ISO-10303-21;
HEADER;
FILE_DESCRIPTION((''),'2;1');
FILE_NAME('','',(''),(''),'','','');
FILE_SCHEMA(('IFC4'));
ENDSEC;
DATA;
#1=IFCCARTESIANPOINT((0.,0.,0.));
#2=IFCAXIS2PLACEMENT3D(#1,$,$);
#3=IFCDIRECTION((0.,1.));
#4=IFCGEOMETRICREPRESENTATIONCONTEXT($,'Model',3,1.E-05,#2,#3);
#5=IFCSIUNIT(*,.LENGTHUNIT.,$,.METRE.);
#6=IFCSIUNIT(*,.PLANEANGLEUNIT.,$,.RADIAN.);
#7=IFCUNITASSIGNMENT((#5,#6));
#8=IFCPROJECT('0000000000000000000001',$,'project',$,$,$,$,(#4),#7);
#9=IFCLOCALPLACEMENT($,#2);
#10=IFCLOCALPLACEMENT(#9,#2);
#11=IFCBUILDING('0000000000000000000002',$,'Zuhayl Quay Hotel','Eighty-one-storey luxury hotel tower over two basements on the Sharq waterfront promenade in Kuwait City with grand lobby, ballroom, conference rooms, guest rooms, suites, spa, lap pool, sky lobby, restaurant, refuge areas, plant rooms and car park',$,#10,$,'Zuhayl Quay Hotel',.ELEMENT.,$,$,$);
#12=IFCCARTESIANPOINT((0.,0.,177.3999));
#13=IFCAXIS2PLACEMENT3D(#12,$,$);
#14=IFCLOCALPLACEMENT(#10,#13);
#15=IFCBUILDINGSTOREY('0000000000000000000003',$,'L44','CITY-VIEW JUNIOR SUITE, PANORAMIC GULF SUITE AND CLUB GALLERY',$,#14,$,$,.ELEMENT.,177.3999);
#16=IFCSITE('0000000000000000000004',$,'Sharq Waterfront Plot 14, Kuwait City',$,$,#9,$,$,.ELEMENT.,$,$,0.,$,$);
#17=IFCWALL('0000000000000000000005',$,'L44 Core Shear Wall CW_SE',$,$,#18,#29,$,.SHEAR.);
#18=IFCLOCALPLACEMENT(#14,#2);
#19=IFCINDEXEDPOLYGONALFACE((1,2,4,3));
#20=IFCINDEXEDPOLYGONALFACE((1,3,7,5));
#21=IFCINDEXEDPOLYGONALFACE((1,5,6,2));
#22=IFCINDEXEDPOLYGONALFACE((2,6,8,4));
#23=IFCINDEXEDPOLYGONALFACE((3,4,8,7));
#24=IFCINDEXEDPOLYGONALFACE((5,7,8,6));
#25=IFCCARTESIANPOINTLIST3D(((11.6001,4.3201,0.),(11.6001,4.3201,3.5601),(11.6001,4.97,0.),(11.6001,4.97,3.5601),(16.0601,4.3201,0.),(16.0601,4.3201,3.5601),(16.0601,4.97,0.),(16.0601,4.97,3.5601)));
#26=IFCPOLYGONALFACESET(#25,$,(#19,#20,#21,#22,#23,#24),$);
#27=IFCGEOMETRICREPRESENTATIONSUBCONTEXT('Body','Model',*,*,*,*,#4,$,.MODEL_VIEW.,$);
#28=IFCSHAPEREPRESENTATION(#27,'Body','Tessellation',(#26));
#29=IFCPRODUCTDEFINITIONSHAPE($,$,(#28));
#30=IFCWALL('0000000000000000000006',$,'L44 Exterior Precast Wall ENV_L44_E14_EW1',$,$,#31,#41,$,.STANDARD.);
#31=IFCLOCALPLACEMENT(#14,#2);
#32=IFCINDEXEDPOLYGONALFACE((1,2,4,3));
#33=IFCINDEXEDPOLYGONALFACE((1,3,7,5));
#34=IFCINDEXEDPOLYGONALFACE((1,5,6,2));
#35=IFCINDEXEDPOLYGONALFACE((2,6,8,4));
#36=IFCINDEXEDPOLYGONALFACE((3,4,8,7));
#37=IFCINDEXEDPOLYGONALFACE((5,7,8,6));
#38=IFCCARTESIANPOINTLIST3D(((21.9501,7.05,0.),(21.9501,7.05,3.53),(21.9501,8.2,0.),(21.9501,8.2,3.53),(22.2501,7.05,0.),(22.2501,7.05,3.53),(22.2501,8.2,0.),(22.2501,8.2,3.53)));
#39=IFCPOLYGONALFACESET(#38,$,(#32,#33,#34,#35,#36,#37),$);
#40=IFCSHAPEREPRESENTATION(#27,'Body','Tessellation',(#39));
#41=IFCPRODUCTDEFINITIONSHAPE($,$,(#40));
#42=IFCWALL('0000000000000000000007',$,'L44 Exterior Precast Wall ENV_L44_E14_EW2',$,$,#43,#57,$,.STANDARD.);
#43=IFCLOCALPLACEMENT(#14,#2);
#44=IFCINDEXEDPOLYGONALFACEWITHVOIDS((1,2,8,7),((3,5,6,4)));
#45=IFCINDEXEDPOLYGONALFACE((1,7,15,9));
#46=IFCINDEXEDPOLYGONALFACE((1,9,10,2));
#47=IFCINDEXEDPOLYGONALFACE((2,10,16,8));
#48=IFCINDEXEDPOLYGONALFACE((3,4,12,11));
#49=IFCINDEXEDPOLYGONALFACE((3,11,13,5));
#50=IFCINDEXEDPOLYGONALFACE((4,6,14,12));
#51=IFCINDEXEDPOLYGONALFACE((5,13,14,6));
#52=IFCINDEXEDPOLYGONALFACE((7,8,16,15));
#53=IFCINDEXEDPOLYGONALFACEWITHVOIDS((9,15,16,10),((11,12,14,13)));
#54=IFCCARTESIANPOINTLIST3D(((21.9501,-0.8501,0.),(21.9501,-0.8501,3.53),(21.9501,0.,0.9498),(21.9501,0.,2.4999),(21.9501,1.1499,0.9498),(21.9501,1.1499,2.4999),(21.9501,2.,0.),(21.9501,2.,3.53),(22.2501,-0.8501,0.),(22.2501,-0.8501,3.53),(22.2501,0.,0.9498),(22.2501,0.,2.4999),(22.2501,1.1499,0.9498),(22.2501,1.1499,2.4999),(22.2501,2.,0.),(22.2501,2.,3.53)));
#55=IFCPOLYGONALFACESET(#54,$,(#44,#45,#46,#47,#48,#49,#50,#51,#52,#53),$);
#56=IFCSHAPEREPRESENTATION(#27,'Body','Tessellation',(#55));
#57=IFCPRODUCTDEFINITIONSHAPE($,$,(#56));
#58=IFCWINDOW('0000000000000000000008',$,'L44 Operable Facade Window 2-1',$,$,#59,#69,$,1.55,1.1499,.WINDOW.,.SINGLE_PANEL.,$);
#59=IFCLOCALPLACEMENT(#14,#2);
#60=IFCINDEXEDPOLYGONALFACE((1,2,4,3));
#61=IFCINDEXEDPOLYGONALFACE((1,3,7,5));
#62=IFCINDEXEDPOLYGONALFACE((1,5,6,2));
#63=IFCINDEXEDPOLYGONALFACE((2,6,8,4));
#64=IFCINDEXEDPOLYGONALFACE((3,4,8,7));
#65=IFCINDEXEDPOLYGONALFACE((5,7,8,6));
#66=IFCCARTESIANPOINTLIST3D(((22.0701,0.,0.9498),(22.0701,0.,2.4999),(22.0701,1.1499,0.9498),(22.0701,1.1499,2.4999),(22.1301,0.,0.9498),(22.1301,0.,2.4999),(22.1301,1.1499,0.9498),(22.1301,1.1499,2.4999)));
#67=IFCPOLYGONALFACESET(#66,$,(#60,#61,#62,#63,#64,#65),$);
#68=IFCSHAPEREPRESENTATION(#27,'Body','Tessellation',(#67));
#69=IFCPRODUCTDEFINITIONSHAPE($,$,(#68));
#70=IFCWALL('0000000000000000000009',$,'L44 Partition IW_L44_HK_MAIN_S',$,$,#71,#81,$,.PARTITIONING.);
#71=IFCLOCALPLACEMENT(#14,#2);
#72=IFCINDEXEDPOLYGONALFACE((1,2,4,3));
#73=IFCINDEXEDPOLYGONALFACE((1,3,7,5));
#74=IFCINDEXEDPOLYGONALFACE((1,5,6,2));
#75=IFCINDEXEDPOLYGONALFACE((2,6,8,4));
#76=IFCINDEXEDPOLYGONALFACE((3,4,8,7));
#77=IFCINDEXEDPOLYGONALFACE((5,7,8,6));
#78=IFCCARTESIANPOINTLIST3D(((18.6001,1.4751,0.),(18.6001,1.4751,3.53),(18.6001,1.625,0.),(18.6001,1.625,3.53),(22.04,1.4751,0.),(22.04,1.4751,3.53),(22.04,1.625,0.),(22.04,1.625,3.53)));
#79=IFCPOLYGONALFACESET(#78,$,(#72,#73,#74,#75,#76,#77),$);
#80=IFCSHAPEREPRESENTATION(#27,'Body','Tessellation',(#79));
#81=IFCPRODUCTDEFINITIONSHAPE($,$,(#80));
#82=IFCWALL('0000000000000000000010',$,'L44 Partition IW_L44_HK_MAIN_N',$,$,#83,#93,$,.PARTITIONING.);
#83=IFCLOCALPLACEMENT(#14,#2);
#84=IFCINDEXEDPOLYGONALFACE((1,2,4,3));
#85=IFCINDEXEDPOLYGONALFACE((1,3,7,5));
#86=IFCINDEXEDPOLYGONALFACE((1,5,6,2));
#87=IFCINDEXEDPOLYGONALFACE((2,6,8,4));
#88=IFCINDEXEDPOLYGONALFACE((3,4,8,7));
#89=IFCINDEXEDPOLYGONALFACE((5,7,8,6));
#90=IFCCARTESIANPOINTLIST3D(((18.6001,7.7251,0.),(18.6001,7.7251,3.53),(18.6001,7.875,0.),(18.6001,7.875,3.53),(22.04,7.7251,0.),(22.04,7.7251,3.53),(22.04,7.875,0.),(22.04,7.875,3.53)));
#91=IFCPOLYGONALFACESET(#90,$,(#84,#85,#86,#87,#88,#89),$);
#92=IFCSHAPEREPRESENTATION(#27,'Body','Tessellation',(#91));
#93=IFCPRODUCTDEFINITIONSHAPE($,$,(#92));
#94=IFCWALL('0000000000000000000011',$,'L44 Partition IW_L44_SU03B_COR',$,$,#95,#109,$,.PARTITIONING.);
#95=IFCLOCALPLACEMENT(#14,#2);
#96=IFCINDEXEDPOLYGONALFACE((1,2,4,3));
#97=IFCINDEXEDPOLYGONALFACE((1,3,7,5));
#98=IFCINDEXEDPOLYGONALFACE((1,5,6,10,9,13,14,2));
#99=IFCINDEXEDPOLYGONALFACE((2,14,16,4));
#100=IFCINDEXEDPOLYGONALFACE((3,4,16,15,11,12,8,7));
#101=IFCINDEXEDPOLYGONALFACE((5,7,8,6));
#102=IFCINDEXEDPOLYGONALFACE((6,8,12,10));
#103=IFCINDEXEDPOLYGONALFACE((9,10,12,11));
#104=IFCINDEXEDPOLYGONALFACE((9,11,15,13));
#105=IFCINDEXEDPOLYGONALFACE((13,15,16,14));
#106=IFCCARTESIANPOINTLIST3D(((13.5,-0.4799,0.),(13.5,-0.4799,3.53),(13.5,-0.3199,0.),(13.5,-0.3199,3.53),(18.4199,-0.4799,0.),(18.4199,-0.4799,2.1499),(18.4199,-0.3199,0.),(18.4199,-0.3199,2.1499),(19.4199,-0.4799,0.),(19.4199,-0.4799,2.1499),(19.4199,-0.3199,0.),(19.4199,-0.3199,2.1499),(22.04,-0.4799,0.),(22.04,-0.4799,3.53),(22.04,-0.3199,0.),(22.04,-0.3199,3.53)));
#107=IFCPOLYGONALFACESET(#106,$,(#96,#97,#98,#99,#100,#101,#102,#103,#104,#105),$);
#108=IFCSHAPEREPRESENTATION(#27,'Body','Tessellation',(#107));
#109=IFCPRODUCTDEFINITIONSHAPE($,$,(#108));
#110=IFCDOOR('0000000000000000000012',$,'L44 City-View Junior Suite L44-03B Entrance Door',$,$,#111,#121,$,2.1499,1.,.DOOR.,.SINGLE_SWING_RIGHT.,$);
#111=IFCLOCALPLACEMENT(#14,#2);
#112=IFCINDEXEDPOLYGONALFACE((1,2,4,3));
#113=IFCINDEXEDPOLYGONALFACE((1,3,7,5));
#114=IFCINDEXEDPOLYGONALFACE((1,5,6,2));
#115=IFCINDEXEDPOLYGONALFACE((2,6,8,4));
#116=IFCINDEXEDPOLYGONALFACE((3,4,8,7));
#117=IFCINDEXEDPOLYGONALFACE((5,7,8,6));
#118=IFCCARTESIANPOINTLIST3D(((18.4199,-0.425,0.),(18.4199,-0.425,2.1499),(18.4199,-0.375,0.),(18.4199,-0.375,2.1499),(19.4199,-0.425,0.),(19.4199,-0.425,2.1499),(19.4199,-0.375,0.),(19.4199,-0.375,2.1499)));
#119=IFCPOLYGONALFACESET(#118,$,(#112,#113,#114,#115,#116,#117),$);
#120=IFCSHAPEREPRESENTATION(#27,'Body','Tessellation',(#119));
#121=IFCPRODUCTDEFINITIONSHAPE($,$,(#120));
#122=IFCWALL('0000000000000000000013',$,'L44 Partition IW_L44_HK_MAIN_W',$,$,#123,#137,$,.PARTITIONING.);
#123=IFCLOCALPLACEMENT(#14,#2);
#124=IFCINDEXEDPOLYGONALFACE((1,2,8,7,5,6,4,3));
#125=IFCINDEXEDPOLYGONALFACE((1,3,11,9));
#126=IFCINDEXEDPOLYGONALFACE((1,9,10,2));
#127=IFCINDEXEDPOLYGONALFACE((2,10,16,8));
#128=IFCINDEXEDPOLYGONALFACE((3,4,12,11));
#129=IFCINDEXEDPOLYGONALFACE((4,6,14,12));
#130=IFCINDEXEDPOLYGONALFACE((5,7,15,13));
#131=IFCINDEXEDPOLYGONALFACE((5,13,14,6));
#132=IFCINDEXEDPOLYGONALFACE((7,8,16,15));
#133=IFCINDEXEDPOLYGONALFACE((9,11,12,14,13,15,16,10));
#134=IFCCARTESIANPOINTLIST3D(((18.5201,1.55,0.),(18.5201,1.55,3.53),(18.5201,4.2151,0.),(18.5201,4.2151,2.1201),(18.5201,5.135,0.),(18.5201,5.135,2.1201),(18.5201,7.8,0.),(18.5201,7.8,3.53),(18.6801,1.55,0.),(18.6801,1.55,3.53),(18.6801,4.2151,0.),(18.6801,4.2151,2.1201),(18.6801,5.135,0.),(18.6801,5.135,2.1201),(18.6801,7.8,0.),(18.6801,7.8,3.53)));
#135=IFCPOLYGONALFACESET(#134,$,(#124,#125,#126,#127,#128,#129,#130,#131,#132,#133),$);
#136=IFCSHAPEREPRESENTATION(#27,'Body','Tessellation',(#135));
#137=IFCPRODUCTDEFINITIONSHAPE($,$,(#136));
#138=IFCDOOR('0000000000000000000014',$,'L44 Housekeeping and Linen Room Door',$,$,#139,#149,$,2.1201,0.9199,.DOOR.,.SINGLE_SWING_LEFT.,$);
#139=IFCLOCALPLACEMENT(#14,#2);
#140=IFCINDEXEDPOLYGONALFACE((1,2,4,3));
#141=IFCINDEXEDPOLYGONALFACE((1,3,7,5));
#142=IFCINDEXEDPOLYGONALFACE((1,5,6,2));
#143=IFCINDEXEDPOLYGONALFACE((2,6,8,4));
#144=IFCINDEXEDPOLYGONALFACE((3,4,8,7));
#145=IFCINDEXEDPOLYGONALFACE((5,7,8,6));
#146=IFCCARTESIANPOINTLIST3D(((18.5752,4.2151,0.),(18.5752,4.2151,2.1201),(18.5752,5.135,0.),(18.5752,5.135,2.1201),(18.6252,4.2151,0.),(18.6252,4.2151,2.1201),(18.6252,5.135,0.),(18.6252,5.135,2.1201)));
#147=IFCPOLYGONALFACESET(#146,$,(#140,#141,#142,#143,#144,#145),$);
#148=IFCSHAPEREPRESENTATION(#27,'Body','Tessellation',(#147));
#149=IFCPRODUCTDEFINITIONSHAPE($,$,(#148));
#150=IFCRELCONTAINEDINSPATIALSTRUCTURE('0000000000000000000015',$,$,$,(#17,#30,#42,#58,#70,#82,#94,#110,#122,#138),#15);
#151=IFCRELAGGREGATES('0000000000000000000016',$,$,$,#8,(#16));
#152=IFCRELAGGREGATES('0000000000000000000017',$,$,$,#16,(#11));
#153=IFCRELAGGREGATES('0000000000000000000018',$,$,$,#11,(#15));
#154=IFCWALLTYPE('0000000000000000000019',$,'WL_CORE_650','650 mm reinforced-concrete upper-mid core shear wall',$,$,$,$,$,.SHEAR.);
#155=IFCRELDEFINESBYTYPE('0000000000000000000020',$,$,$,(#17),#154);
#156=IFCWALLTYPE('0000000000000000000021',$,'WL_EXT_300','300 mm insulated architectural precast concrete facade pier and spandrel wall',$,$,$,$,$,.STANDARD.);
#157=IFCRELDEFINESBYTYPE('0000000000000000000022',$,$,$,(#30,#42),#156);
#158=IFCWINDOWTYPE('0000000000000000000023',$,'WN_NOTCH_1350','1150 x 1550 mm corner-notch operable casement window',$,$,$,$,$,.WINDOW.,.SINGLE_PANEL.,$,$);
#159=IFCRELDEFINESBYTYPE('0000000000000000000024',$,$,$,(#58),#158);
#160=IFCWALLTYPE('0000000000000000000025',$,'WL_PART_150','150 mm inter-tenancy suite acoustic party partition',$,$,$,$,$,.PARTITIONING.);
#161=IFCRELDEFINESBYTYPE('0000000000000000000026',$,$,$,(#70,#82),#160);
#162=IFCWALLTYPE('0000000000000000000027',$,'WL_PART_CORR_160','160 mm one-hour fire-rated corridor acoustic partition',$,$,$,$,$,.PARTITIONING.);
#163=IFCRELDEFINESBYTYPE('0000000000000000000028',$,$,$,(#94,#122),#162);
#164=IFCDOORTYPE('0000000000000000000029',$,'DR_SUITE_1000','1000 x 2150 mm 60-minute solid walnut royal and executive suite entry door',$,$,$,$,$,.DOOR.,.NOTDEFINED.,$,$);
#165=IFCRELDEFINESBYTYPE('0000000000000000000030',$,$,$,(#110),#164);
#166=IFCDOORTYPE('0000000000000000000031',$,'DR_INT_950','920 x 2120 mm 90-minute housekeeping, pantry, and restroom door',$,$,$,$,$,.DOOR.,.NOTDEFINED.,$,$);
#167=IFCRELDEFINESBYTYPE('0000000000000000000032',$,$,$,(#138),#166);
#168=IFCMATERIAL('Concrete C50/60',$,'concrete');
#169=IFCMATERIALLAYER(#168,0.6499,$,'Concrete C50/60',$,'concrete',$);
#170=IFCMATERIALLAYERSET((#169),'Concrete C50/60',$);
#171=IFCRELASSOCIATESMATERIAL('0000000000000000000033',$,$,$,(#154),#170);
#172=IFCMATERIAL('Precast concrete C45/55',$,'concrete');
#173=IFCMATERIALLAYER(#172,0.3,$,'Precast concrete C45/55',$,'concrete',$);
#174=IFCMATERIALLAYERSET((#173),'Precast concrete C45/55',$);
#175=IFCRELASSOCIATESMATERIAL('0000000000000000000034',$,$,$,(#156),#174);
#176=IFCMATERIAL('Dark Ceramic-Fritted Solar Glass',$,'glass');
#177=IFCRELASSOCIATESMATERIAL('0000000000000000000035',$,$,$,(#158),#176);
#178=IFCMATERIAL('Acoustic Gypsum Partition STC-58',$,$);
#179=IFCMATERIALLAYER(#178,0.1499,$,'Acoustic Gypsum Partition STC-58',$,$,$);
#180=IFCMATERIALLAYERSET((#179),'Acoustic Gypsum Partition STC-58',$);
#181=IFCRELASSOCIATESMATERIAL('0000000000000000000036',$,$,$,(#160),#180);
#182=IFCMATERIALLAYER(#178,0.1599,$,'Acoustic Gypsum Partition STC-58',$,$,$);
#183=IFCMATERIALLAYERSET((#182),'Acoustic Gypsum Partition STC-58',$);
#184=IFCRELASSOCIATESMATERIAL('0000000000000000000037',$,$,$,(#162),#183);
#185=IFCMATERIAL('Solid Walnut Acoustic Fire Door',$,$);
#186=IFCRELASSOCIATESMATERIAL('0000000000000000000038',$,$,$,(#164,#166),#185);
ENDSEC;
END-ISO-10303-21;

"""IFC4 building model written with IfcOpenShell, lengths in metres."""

from ifc_helpers import new_model, si_unit, direction, frame, frame_2d, origin, place, context, subcontext, project, spatial, rectangle, extrude, material, layer, layer_set, type_object, element, fill, save


model = new_model("IFC4")

# Units and contexts
model_context = context("Model", 3, precision=1e-05, world=origin(), true_north=direction((0.0, 1.0)))
body_context = subcontext(model_context, "Body", "Model", "MODEL_VIEW")
ifc_project = project(units=[si_unit("LENGTHUNIT", "METRE"), si_unit("PLANEANGLEUNIT", "RADIAN")], contexts=[model_context])

# Site, building, storey
site_placement = place(None, origin())
site = spatial("IfcSite", under=ifc_project, at=site_placement, Name="Sharq Waterfront Plot 14, Kuwait City", CompositionType="ELEMENT", RefElevation=0.0)
building_placement = place(site_placement, origin())
building = spatial("IfcBuilding", under=site, at=building_placement, Name="Zuhayl Quay Hotel", Description="Eighty-one-storey luxury hotel tower over two basements on the Sharq waterfront promenade in Kuwait City with grand lobby, ballroom, conference rooms, guest rooms, suites, spa, lap pool, sky lobby, restaurant, refuge areas, plant rooms and car park", LongName="Zuhayl Quay Hotel", CompositionType="ELEMENT")
storey_placement = place(building_placement, frame((0.0, 0.0, 177.3999)))
storey = spatial("IfcBuildingStorey", under=building, at=storey_placement, Name="L44", Description="CITY-VIEW JUNIOR SUITE, PANORAMIC GULF SUITE AND CLUB GALLERY", CompositionType="ELEMENT", Elevation=177.3999)

# Shared definitions
ifc_material_1 = material(Name="Dark Ceramic-Fritted Solar Glass", Category="glass")

# Walls
ifc_material_2 = material(Name="Concrete C50/60", Category="concrete")
ifc_layer_1 = layer(ifc_material_2, 0.6499, Name="Concrete C50/60", Category="concrete")
ifc_layer_set_1 = layer_set([ifc_layer_1], Name="Concrete C50/60")
wall_type_1 = type_object("IfcWallType", Name="WL_CORE_650", Description="650 mm reinforced-concrete upper-mid core shear wall", PredefinedType="SHEAR", material=ifc_layer_set_1)
wall_1_placement = place(storey_placement, frame((11.6001, 4.645, 0.0), z_axis=(0.0, 0.0, 1.0), x_axis=(1.0, 0.0, 0.0)))
element("IfcWall", 1, at=wall_1_placement, inside=storey, type_object=wall_type_1, Name="L44 Core Shear Wall CW_SE", PredefinedType="SHEAR", context=body_context, shape_type="SweptSolid", body=[
    extrude(rectangle(XDim=4.46, YDim=0.6499, at=frame_2d((2.23, 0.0))), origin(), (0.0, 0.0, 1.0), 3.5601),
])
ifc_material_3 = material(Name="Precast concrete C45/55", Category="concrete")
ifc_layer_2 = layer(ifc_material_3, 0.3, Name="Precast concrete C45/55", Category="concrete")
ifc_layer_set_2 = layer_set([ifc_layer_2], Name="Precast concrete C45/55")
wall_type_2 = type_object("IfcWallType", Name="WL_EXT_300", Description="300 mm insulated architectural precast concrete facade pier and spandrel wall", PredefinedType="STANDARD", material=ifc_layer_set_2)
wall_2_placement = place(storey_placement, frame((22.1001, 8.2, 0.0), z_axis=(0.0, 0.0, 1.0), x_axis=(0.0, -1.0, 0.0)))
element("IfcWall", 2, at=wall_2_placement, inside=storey, type_object=wall_type_2, Name="L44 Exterior Precast Wall ENV_L44_E14_EW1", PredefinedType="STANDARD", context=body_context, shape_type="SweptSolid", body=[
    extrude(rectangle(XDim=1.1499, YDim=0.3, at=frame_2d((0.575, 0.0))), origin(), (0.0, 0.0, 1.0), 3.53),
])

# Wall, opening, window
wall_3_placement = place(storey_placement, frame((22.1001, 2.0, 0.0), z_axis=(0.0, 0.0, 1.0), x_axis=(0.0, -1.0, 0.0)))
wall_3 = element("IfcWall", 3, at=wall_3_placement, inside=storey, type_object=wall_type_2, Name="L44 Exterior Precast Wall ENV_L44_E14_EW2", PredefinedType="STANDARD", context=body_context, shape_type="SweptSolid", body=[
    extrude(rectangle(XDim=2.8501, YDim=0.3, at=frame_2d((1.425, 0.0))), origin(), (0.0, 0.0, 1.0), 3.53),
])
opening_1_placement = place(wall_3_placement, frame((0.8501, 0.0, 0.95)))
opening_1 = element("IfcOpeningElement", 4, at=opening_1_placement, cuts=wall_3, PredefinedType="OPENING", context=body_context, shape_type="SweptSolid", body=[
    extrude(rectangle(XDim=1.1499, YDim=1.55, at=frame_2d((0.575, 0.7749))), frame((0.0, 0.1599, 0.0), z_axis=(0.0, -1.0, 0.0), x_axis=(1.0, 0.0, 0.0)), (0.0, 0.0, 1.0), 0.3201),
])
window_type = type_object("IfcWindowType", Name="WN_NOTCH_1350", Description="1150 x 1550 mm corner-notch operable casement window", PartitioningType="SINGLE_PANEL", PredefinedType="WINDOW", material=ifc_material_1)
window_placement = place(opening_1_placement, origin())
window = element("IfcWindow", 5, at=window_placement, inside=storey, type_object=window_type, Name="L44 Operable Facade Window 2-1", OverallHeight=1.55, OverallWidth=1.1499, PartitioningType="SINGLE_PANEL", PredefinedType="WINDOW", context=body_context, shape_type="SweptSolid", body=[
    extrude(rectangle(XDim=1.1499, YDim=1.55, at=frame_2d((0.575, 0.7749))), frame((0.0, 0.03, 0.0), z_axis=(0.0, -1.0, 0.0), x_axis=(1.0, 0.0, 0.0)), (0.0, 0.0, 1.0), 0.0601),
])
fill(opening_1, window)

# Walls
ifc_material_4 = material(Name="Acoustic Gypsum Partition STC-58")
ifc_layer_3 = layer(ifc_material_4, 0.1499, Name="Acoustic Gypsum Partition STC-58")
ifc_layer_set_3 = layer_set([ifc_layer_3], Name="Acoustic Gypsum Partition STC-58")
wall_type_3 = type_object("IfcWallType", Name="WL_PART_150", Description="150 mm inter-tenancy suite acoustic party partition", PredefinedType="PARTITIONING", material=ifc_layer_set_3)
for number, where, z_axis, x_axis, name in (
    (6, (18.6001, 1.55, 0.0), (0.0, 0.0, 1.0), (1.0, 0.0, 0.0), "L44 Partition IW_L44_HK_MAIN_S"),
    (7, (18.6001, 7.8, 0.0), (0.0, 0.0, 1.0), (1.0, 0.0, 0.0), "L44 Partition IW_L44_HK_MAIN_N"),
):
    element("IfcWall", number, at=place(storey_placement, frame(where, z_axis=z_axis, x_axis=x_axis)), inside=storey, type_object=wall_type_3, Name=name, PredefinedType="PARTITIONING", context=body_context, shape_type="SweptSolid", body=[
        extrude(rectangle(XDim=3.4399, YDim=0.1499, at=frame_2d((1.72, 0.0))), origin(), (0.0, 0.0, 1.0), 3.53),
    ])

# Walls, openings, doors
ifc_layer_4 = layer(ifc_material_4, 0.1599, Name="Acoustic Gypsum Partition STC-58")
ifc_layer_set_4 = layer_set([ifc_layer_4], Name="Acoustic Gypsum Partition STC-58")
wall_type_4 = type_object("IfcWallType", Name="WL_PART_CORR_160", Description="160 mm one-hour fire-rated corridor acoustic partition", PredefinedType="PARTITIONING", material=ifc_layer_set_4)
wall_4_placement = place(storey_placement, frame((13.5, -0.3999, 0.0), z_axis=(0.0, 0.0, 1.0), x_axis=(1.0, 0.0, 0.0)))
wall_4 = element("IfcWall", 8, at=wall_4_placement, inside=storey, type_object=wall_type_4, Name="L44 Partition IW_L44_SU03B_COR", PredefinedType="PARTITIONING", context=body_context, shape_type="SweptSolid", body=[
    extrude(rectangle(XDim=8.54, YDim=0.1599, at=frame_2d((4.27, 0.0))), origin(), (0.0, 0.0, 1.0), 3.53),
])
opening_2_placement = place(wall_4_placement, frame((4.9199, 0.0, 0.0)))
opening_2 = element("IfcOpeningElement", 9, at=opening_2_placement, cuts=wall_4, PredefinedType="OPENING", context=body_context, shape_type="SweptSolid", body=[
    extrude(rectangle(XDim=1.0, YDim=2.1499, at=frame_2d((0.5, 1.075))), frame((0.0, 0.0898, 0.0), z_axis=(0.0, -1.0, 0.0), x_axis=(1.0, 0.0, 0.0)), (0.0, 0.0, 1.0), 0.1799),
])
ifc_material_5 = material(Name="Solid Walnut Acoustic Fire Door")
door_type_1 = type_object("IfcDoorType", Name="DR_SUITE_1000", Description="1000 x 2150 mm 60-minute solid walnut royal and executive suite entry door", OperationType="NOTDEFINED", PredefinedType="DOOR", material=ifc_material_5)
door_1_placement = place(opening_2_placement, origin())
door_1 = element("IfcDoor", 10, at=door_1_placement, inside=storey, type_object=door_type_1, Name="L44 City-View Junior Suite L44-03B Entrance Door", OperationType="SINGLE_SWING_RIGHT", OverallHeight=2.1499, OverallWidth=1.0, PredefinedType="DOOR", context=body_context, shape_type="SweptSolid", body=[
    extrude(rectangle(XDim=1.0, YDim=2.1499, at=frame_2d((0.5, 1.075))), frame((0.0, 0.0249, 0.0), z_axis=(0.0, -1.0, 0.0), x_axis=(1.0, 0.0, 0.0)), (0.0, 0.0, 1.0), 0.05),
])
fill(opening_2, door_1)
wall_5_placement = place(storey_placement, frame((18.6001, 1.55, 0.0), z_axis=(0.0, 0.0, 1.0), x_axis=(0.0, 1.0, 0.0)))
wall_5 = element("IfcWall", 11, at=wall_5_placement, inside=storey, type_object=wall_type_4, Name="L44 Partition IW_L44_HK_MAIN_W", PredefinedType="PARTITIONING", context=body_context, shape_type="SweptSolid", body=[
    extrude(rectangle(XDim=6.25, YDim=0.1599, at=frame_2d((3.125, 0.0))), origin(), (0.0, 0.0, 1.0), 3.53),
])
opening_3_placement = place(wall_5_placement, frame((2.665, 0.0, 0.0)))
opening_3 = element("IfcOpeningElement", 12, at=opening_3_placement, cuts=wall_5, PredefinedType="OPENING", context=body_context, shape_type="SweptSolid", body=[
    extrude(rectangle(XDim=0.9199, YDim=2.1201, at=frame_2d((0.46, 1.0601))), frame((0.0, 0.0898, 0.0), z_axis=(0.0, -1.0, 0.0), x_axis=(1.0, 0.0, 0.0)), (0.0, 0.0, 1.0), 0.1799),
])
door_type_2 = type_object("IfcDoorType", Name="DR_INT_950", Description="920 x 2120 mm 90-minute housekeeping, pantry, and restroom door", OperationType="NOTDEFINED", PredefinedType="DOOR", material=ifc_material_5)
door_2_placement = place(opening_3_placement, origin())
door_2 = element("IfcDoor", 13, at=door_2_placement, inside=storey, type_object=door_type_2, Name="L44 Housekeeping and Linen Room Door", OperationType="SINGLE_SWING_LEFT", OverallHeight=2.1201, OverallWidth=0.9199, PredefinedType="DOOR", context=body_context, shape_type="SweptSolid", body=[
    extrude(rectangle(XDim=0.9199, YDim=2.1201, at=frame_2d((0.46, 1.0601))), frame((0.0, 0.0249, 0.0), z_axis=(0.0, -1.0, 0.0), x_axis=(1.0, 0.0, 0.0)), (0.0, 0.0, 1.0), 0.05),
])
fill(opening_3, door_2)

save(model, "model.ifc")
